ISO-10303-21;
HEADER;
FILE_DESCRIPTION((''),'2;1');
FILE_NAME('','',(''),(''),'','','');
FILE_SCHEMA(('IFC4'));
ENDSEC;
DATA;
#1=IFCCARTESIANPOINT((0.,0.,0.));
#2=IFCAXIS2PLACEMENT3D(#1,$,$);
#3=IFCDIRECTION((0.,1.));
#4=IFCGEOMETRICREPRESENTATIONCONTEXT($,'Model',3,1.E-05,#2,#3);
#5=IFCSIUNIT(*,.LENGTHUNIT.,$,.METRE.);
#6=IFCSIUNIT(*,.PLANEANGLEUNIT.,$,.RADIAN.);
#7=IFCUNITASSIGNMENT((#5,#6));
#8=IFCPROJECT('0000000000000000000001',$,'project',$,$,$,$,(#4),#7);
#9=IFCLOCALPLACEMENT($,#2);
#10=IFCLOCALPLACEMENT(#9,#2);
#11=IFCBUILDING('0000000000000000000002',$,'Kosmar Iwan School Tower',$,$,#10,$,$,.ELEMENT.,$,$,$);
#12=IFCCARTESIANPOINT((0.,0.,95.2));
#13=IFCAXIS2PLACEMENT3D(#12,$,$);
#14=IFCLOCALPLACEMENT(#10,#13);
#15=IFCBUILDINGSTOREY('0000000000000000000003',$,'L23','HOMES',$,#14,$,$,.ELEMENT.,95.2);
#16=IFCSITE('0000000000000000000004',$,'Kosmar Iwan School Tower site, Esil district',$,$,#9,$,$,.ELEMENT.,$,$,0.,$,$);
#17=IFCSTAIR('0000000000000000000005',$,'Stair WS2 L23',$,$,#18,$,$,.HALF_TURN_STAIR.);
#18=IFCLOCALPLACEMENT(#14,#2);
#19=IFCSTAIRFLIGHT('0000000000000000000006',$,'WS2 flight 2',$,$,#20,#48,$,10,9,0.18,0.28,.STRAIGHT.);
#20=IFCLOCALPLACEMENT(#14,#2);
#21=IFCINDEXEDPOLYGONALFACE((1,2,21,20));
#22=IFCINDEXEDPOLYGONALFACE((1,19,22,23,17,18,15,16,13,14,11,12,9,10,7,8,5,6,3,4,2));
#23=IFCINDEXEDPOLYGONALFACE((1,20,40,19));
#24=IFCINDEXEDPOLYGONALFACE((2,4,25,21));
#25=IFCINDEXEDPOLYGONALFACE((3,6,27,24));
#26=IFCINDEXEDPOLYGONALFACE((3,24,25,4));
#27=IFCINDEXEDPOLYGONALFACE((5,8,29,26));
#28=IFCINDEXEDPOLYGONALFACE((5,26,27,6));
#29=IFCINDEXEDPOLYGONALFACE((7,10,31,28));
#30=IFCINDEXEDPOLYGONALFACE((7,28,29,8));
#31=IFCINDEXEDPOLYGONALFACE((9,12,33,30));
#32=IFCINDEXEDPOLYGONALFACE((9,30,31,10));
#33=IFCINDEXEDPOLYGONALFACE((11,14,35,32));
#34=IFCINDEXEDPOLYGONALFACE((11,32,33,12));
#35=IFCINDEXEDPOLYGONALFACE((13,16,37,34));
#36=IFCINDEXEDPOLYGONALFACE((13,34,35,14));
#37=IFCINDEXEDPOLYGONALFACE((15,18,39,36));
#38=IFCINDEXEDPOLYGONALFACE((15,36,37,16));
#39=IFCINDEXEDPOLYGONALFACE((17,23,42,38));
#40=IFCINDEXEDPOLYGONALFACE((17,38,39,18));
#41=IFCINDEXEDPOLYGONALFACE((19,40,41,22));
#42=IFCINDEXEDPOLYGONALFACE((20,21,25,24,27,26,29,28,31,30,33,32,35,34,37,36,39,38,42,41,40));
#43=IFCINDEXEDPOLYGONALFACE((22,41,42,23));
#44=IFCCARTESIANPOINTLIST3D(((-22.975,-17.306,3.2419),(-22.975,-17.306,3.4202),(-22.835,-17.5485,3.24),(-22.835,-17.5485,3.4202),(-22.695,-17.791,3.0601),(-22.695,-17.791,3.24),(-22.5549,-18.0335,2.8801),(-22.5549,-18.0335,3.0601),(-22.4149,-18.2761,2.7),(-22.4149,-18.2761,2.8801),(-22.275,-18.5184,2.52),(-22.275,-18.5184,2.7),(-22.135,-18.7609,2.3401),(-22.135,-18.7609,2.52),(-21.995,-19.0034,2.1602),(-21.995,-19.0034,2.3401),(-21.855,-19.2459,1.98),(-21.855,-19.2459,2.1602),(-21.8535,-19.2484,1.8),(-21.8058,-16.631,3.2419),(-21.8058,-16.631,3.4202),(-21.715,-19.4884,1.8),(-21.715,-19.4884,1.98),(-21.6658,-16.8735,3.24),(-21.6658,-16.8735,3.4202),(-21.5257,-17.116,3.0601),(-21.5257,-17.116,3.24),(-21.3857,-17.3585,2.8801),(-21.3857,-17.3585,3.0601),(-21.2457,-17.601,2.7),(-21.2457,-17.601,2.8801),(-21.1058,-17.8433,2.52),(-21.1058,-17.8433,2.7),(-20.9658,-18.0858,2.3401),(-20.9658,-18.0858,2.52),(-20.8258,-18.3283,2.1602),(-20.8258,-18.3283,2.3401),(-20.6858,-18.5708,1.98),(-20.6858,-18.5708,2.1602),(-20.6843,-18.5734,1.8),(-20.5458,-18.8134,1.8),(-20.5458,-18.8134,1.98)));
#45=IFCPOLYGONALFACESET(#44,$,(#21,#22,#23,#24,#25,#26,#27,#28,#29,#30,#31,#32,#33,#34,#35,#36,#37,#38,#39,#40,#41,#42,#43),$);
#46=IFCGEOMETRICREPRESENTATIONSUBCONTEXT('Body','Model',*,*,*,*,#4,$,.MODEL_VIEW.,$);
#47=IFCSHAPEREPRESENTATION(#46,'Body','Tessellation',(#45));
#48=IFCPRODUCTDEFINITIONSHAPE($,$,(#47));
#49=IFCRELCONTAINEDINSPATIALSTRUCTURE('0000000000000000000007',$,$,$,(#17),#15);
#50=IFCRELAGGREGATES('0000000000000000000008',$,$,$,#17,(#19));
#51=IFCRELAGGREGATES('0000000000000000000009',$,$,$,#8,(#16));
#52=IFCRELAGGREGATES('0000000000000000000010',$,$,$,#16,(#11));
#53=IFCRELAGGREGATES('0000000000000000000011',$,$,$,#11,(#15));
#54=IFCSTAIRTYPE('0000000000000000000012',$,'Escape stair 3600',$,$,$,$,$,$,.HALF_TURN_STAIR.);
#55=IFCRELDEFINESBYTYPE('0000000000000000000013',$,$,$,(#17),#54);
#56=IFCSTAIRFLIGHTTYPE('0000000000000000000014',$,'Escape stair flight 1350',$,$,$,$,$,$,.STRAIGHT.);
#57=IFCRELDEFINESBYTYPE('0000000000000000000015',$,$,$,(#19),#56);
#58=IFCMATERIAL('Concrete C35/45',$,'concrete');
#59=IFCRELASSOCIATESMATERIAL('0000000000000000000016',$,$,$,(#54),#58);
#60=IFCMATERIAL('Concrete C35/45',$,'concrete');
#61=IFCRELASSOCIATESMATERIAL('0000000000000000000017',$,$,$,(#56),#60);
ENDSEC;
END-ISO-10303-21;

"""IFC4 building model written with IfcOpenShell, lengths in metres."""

from ifc_helpers import new_model, si_unit, direction, frame, origin, place, context, subcontext, project, spatial, polyline, outline, extrude, material, type_object, element, aggregate, save


model = new_model("IFC4")

# Units and contexts
model_context = context("Model", 3, precision=1e-05, world=origin(), true_north=direction((0.0, 1.0)))
body_context = subcontext(model_context, "Body", "Model", "MODEL_VIEW")
ifc_project = project(units=[si_unit("LENGTHUNIT", "METRE"), si_unit("PLANEANGLEUNIT", "RADIAN")], contexts=[model_context])

# Site, building, storey
site_placement = place(None, origin())
site = spatial("IfcSite", under=ifc_project, at=site_placement, Name="Kosmar Iwan School Tower site, Esil district", CompositionType="ELEMENT", RefElevation=0.0)
building_placement = place(site_placement, origin())
building = spatial("IfcBuilding", under=site, at=building_placement, Name="Kosmar Iwan School Tower", CompositionType="ELEMENT")
storey_placement = place(building_placement, frame((0.0, 0.0, 95.2)))
storey = spatial("IfcBuildingStorey", under=building, at=storey_placement, Name="L23", Description="HOMES", CompositionType="ELEMENT", Elevation=95.2)

# Stair, stair flight
ifc_material_1 = material(Name="Concrete C35/45", Category="concrete")
stair_type = type_object("IfcStairType", Name="Escape stair 3600", PredefinedType="HALF_TURN_STAIR", material=ifc_material_1)
stair_placement = place(storey_placement, origin())
stair = element("IfcStair", 1, at=stair_placement, inside=storey, type_object=stair_type, Name="Stair WS2 L23", PredefinedType="HALF_TURN_STAIR")
ifc_material_2 = material(Name="Concrete C35/45", Category="concrete")
stair_flight_type = type_object("IfcStairFlightType", Name="Escape stair flight 1350", PredefinedType="STRAIGHT", material=ifc_material_2)
stair_flight_1_placement = place(storey_placement, frame((-21.1304, -19.1509, 1.8), z_axis=(0.0, 0.0, 1.0), x_axis=(-0.5, 0.866025, 0.0)))
stair_flight_1 = element("IfcStairFlight", 2, at=stair_flight_1_placement, type_object=stair_flight_type, Name="WS2 flight 2", NumberOfRisers=10, NumberOfTreads=9, PredefinedType="STRAIGHT", RiserHeight=0.18, TreadLength=0.28, context=body_context, shape_type="SweptSolid", body=[
    extrude(outline(polyline([(0.0, 0.0), (0.0, 0.1799), (0.28, 0.1799), (0.28, 0.3601), (0.5601, 0.3601), (0.5601, 0.54), (0.8401, 0.54), (0.8401, 0.72), (1.1201, 0.72), (1.1201, 0.8999), (1.3999, 0.8999), (1.3999, 1.0801), (1.6799, 1.0801), (1.6799, 1.26), (1.96, 1.26), (1.96, 1.4399), (2.24, 1.4399), (2.24, 1.6201), (2.52, 1.6201), (2.52, 1.8), (2.52, 1.4419), (0.2771, 0.0), (0.0, 0.0)])), frame((0.0, 0.675, 0.0), z_axis=(0.0, -1.0, 0.0), x_axis=(1.0, 0.0, 0.0)), (0.0, 0.0, 1.0), 1.3501),
])
aggregate(stair, [stair_flight_1])

save(model, "model.ifc")
